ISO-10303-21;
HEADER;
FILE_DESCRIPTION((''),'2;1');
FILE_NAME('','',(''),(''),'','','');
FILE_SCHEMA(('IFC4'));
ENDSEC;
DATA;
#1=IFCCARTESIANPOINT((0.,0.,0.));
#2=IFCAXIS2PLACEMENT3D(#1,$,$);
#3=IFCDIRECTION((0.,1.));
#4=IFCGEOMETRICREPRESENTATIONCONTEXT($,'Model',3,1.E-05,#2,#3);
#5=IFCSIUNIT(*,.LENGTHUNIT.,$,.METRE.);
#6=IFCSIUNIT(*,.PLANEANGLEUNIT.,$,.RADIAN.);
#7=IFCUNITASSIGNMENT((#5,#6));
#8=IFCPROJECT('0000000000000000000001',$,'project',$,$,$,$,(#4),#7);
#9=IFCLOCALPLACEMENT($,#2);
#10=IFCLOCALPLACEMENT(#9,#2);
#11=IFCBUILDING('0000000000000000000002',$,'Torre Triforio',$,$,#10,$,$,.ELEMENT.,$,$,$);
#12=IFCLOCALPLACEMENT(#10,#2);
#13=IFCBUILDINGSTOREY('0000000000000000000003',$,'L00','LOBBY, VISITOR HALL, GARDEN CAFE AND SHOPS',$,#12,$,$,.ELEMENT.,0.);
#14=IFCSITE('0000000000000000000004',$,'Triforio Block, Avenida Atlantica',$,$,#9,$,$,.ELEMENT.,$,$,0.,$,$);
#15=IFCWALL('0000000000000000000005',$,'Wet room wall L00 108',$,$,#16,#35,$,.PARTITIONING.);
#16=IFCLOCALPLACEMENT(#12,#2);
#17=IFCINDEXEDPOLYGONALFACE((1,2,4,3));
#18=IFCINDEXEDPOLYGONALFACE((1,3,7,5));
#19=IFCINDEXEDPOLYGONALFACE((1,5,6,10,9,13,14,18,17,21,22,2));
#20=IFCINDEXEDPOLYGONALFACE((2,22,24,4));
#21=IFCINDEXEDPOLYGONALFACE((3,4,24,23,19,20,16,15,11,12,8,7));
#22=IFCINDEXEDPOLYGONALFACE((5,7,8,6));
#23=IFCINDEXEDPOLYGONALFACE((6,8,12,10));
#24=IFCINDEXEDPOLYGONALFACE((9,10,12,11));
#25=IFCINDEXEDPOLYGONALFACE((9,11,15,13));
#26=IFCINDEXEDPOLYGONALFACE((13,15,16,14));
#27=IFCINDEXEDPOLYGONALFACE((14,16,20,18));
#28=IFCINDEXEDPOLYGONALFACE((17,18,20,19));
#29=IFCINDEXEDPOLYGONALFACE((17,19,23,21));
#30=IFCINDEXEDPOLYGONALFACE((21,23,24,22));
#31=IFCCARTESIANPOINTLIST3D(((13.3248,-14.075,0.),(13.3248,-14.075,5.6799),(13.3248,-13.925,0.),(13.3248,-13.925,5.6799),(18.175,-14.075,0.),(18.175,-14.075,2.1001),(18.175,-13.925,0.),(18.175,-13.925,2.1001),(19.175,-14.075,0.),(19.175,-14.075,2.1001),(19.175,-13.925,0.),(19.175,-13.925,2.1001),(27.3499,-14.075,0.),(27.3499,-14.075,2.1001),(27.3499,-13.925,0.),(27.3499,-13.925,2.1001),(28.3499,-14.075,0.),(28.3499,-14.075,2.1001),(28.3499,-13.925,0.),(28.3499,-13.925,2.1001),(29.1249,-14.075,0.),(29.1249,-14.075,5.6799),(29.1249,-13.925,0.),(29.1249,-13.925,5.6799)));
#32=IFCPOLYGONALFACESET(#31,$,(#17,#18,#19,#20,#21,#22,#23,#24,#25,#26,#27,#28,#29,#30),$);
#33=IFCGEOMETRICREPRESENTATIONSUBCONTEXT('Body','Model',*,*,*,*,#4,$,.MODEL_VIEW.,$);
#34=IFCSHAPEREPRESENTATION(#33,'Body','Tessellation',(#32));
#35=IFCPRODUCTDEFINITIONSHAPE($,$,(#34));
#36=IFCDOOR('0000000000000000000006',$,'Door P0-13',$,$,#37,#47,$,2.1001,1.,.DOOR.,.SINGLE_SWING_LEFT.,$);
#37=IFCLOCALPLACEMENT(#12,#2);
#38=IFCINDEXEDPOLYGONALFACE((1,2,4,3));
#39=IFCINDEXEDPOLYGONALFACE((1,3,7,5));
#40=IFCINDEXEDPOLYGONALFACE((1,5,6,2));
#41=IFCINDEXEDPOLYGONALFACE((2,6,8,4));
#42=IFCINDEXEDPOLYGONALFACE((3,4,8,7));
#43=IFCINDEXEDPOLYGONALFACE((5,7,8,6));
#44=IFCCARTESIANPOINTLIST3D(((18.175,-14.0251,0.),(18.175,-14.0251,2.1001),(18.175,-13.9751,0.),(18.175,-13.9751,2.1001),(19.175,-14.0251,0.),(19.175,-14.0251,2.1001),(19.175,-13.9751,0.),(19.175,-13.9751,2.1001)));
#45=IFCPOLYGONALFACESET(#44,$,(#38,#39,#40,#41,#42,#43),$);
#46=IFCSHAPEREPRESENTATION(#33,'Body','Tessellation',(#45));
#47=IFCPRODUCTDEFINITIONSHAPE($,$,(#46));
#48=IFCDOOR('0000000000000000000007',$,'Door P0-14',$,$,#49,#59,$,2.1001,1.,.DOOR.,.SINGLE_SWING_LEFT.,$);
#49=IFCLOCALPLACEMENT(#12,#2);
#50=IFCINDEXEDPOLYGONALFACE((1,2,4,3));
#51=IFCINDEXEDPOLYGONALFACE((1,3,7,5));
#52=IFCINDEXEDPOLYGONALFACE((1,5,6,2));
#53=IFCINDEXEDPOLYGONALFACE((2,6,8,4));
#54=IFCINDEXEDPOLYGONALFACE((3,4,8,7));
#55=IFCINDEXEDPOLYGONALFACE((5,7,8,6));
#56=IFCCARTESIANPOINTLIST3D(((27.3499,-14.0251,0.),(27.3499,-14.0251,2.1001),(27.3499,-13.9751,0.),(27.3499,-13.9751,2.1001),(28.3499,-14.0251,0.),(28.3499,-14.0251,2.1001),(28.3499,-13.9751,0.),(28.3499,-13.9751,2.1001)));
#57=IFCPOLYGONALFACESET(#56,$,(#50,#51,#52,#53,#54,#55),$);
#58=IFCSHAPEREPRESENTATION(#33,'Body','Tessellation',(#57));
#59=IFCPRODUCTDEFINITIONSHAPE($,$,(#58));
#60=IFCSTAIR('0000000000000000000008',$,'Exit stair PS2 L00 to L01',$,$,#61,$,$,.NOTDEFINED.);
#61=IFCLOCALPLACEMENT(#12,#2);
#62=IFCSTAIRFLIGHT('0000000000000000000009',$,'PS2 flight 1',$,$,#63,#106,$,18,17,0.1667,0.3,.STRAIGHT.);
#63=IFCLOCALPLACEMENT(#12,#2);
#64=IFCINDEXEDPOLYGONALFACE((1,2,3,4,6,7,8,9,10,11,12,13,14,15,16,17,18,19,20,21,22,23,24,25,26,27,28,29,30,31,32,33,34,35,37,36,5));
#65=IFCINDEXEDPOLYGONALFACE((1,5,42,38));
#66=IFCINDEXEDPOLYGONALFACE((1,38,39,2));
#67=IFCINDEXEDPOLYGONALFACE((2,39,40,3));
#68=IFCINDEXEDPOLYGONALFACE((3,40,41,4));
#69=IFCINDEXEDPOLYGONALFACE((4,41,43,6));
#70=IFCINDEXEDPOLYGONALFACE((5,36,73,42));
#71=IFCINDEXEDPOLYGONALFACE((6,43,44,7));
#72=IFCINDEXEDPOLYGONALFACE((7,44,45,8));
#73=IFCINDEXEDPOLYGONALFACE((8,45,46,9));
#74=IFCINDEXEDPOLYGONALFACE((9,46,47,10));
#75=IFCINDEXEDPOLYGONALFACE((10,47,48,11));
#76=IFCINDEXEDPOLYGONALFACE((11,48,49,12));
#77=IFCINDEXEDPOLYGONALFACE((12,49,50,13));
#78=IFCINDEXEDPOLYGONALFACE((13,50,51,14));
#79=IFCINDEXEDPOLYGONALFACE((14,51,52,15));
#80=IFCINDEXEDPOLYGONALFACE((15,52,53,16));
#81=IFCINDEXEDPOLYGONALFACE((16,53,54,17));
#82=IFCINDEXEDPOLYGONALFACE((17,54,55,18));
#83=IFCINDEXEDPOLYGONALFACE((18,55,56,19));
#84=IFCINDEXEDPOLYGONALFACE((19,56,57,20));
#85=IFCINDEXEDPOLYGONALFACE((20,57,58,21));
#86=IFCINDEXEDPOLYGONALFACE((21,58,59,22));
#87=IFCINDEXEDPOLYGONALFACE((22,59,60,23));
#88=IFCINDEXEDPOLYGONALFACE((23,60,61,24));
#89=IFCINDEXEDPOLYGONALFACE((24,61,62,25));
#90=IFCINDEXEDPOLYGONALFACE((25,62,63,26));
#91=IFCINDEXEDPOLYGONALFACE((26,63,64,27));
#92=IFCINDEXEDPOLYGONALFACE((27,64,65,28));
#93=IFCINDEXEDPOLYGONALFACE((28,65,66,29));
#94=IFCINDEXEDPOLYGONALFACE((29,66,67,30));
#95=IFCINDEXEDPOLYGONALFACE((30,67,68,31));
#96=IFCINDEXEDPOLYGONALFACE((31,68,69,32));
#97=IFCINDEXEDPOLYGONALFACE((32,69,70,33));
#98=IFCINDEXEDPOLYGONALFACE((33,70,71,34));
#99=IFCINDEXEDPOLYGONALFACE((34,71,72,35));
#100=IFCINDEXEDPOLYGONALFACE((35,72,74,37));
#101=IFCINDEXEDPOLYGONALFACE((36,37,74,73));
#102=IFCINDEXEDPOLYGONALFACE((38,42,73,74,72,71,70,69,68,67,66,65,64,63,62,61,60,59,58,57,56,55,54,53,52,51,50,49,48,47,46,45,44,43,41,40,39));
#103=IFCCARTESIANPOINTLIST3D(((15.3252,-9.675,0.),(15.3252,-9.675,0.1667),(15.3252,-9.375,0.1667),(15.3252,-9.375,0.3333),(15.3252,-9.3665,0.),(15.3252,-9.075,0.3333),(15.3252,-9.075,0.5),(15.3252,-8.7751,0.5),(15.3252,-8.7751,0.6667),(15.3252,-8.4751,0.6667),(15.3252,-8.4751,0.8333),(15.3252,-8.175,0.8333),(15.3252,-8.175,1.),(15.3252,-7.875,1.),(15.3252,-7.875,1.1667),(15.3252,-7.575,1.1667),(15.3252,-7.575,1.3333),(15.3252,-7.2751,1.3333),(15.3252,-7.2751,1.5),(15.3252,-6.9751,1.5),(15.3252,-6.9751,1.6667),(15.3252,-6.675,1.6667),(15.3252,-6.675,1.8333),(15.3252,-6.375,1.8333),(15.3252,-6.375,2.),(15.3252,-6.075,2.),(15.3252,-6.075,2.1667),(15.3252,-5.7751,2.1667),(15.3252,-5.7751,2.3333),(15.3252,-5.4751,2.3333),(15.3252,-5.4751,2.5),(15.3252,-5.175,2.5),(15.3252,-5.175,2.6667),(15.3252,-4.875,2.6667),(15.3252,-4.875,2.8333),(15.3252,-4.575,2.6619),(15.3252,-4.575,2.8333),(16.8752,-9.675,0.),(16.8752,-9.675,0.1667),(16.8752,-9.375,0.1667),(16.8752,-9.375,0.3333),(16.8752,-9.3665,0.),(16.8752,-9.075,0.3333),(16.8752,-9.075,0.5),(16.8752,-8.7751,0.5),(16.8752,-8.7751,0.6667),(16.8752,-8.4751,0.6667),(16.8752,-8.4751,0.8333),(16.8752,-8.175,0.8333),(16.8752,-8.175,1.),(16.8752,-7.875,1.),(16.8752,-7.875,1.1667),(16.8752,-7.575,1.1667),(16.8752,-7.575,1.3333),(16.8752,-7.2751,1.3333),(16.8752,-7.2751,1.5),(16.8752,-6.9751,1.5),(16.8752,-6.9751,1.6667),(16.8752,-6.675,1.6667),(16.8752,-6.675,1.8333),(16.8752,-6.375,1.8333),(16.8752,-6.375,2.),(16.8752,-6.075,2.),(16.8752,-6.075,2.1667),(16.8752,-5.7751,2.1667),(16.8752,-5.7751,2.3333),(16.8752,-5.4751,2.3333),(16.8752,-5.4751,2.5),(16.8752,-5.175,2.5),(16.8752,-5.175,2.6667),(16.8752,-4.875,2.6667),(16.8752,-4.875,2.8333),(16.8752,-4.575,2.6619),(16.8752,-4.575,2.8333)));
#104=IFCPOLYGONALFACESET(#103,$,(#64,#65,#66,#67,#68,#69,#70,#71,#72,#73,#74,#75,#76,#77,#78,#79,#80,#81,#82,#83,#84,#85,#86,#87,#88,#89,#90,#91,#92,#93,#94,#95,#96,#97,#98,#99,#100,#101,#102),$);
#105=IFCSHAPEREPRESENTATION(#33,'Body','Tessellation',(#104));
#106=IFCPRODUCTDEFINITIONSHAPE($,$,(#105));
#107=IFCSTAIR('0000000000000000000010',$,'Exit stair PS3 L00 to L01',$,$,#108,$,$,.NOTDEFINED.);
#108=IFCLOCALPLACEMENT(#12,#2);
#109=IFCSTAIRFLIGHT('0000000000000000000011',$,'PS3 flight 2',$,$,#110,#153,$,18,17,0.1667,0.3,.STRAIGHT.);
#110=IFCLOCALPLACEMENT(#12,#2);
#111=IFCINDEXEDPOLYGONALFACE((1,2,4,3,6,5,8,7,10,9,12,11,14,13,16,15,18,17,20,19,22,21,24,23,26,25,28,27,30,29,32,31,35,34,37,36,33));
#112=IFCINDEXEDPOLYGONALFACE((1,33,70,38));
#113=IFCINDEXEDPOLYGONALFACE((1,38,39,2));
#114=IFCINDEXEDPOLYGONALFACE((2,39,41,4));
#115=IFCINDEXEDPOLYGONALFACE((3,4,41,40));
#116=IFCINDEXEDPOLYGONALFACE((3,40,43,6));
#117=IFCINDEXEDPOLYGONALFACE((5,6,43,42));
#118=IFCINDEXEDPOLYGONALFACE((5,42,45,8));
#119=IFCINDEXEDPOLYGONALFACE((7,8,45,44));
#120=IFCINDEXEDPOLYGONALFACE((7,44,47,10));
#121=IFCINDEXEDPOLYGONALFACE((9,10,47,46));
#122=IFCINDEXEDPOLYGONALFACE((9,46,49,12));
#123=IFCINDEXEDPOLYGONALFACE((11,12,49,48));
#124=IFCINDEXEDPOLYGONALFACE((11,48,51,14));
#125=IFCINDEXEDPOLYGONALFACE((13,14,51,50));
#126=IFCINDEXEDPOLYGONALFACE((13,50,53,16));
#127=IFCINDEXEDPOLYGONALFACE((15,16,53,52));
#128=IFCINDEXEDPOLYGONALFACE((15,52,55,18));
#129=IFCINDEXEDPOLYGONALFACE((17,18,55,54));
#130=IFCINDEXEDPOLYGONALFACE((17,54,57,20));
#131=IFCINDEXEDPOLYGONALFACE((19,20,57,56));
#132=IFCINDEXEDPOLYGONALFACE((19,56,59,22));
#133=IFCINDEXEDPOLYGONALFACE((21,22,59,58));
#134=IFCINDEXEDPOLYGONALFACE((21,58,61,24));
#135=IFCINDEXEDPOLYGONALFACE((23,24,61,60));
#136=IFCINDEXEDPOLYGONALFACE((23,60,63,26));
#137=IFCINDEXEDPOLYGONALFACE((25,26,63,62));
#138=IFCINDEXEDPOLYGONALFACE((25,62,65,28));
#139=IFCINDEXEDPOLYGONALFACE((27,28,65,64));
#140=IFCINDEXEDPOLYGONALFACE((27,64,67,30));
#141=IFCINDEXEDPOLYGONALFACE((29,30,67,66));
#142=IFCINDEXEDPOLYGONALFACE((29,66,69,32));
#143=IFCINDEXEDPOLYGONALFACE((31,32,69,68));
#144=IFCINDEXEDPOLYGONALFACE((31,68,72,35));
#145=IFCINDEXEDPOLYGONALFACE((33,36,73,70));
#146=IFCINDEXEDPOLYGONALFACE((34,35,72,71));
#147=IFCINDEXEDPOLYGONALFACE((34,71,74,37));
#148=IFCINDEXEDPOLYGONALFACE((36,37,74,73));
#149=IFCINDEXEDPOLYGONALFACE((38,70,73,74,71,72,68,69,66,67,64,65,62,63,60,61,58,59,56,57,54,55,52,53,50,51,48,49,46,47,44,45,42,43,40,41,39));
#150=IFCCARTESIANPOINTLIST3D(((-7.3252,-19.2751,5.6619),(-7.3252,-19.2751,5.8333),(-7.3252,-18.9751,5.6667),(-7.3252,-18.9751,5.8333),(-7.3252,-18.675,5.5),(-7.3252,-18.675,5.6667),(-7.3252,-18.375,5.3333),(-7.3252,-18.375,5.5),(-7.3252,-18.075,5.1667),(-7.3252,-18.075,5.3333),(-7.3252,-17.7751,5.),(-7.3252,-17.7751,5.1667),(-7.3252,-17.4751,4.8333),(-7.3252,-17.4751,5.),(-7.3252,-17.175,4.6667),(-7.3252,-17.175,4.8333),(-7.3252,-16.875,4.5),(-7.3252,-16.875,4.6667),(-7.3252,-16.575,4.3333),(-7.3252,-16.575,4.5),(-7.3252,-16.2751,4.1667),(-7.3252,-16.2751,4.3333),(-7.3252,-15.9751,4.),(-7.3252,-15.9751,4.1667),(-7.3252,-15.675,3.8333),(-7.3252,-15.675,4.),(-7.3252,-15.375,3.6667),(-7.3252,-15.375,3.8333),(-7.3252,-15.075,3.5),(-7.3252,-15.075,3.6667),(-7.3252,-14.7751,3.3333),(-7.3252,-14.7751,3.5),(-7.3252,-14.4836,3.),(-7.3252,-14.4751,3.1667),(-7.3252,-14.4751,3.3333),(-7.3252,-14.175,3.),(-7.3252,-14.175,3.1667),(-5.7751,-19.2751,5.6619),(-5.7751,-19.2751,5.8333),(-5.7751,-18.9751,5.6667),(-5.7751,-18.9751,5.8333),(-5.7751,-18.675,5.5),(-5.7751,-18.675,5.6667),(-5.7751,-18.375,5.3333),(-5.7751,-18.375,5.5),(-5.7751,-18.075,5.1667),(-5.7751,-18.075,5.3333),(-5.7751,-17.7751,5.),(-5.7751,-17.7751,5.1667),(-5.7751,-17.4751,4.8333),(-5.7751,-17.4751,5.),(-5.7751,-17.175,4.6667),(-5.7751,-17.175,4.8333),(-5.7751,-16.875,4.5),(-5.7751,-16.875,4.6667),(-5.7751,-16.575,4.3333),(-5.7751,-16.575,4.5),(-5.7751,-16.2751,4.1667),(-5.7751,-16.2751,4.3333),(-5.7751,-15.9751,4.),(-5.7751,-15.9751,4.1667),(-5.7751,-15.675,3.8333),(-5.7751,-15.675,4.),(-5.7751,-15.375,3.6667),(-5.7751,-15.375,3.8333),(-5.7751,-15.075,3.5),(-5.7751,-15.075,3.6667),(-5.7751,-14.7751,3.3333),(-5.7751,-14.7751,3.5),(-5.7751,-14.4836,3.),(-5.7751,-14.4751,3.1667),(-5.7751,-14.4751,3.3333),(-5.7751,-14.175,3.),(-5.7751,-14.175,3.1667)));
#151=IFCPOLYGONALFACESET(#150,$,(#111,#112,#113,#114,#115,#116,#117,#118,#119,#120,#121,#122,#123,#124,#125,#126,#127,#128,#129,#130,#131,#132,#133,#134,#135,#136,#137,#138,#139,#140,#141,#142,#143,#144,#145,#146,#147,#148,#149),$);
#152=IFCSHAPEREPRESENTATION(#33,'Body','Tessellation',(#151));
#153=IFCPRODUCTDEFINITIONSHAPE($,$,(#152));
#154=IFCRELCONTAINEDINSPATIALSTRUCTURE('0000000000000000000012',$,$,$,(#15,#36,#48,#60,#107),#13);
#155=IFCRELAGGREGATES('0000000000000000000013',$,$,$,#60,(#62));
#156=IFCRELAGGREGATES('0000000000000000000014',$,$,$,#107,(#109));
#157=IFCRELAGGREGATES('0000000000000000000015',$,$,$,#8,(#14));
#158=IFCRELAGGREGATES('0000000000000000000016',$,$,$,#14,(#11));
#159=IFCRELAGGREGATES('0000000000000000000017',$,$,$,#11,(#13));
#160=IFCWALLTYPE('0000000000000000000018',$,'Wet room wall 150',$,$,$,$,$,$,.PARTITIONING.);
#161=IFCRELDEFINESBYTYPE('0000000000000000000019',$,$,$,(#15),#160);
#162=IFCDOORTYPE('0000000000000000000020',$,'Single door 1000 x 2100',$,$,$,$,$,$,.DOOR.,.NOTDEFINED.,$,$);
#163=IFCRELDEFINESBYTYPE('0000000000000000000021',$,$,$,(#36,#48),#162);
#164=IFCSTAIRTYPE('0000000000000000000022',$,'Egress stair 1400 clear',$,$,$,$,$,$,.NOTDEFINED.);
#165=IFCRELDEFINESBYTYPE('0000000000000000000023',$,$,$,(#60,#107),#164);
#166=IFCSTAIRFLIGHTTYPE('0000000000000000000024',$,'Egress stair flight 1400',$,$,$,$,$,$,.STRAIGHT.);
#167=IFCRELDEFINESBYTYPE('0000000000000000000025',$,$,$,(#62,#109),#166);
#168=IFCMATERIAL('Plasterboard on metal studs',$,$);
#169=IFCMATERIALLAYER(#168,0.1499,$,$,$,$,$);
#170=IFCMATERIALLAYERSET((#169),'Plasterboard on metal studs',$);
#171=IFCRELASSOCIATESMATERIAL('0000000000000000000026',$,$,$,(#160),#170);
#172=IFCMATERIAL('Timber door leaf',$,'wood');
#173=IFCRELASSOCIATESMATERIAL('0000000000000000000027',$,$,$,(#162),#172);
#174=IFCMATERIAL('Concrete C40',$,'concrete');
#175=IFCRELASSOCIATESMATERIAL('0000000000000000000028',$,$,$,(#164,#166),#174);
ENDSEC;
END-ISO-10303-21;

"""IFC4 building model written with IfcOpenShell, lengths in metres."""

from ifc_helpers import new_model, si_unit, direction, frame, frame_2d, origin, place, context, subcontext, project, spatial, polyline, rectangle, outline, extrude, material, layer, layer_set, type_object, element, fill, aggregate, save


model = new_model("IFC4")

# Units and contexts
model_context = context("Model", 3, precision=1e-05, world=origin(), true_north=direction((0.0, 1.0)))
body_context = subcontext(model_context, "Body", "Model", "MODEL_VIEW")
ifc_project = project(units=[si_unit("LENGTHUNIT", "METRE"), si_unit("PLANEANGLEUNIT", "RADIAN")], contexts=[model_context])

# Site, building, storey
site_placement = place(None, origin())
site = spatial("IfcSite", under=ifc_project, at=site_placement, Name="Triforio Block, Avenida Atlantica", CompositionType="ELEMENT", RefElevation=0.0)
building_placement = place(site_placement, origin())
building = spatial("IfcBuilding", under=site, at=building_placement, Name="Torre Triforio", CompositionType="ELEMENT")
storey_placement = place(building_placement, origin())
storey = spatial("IfcBuildingStorey", under=building, at=storey_placement, Name="L00", Description="LOBBY, VISITOR HALL, GARDEN CAFE AND SHOPS", CompositionType="ELEMENT", Elevation=0.0)

# Shared definitions
ifc_material_1 = material(Name="Plasterboard on metal studs")

# Shared definitions
ifc_material_2 = material(Name="Timber door leaf", Category="wood")

# Shared definitions
ifc_material_3 = material(Name="Concrete C40", Category="concrete")

# Wall, openings, doors
ifc_layer_1 = layer(ifc_material_1, 0.1499)
ifc_layer_set_1 = layer_set([ifc_layer_1], Name="Plasterboard on metal studs")
wall_type_1 = type_object("IfcWallType", Name="Wet room wall 150", PredefinedType="PARTITIONING", material=ifc_layer_set_1)
wall_1_placement = place(storey_placement, frame((13.325, -14.0, 0.0), z_axis=(0.0, 0.0, 1.0), x_axis=(1.0, 0.0, 0.0)))
wall_1 = element("IfcWall", 1, at=wall_1_placement, inside=storey, type_object=wall_type_1, Name="Wet room wall L00 108", PredefinedType="PARTITIONING", context=body_context, shape_type="SweptSolid", body=[
    extrude(rectangle(XDim=15.8, YDim=0.1499, at=frame_2d((7.8999, 0.0))), origin(), (0.0, 0.0, 1.0), 5.6799),
])
opening_1_placement = place(wall_1_placement, frame((4.8501, 0.0, 0.0)))
opening_1 = element("IfcOpeningElement", 2, at=opening_1_placement, cuts=wall_1, PredefinedType="OPENING", context=body_context, shape_type="SweptSolid", body=[
    extrude(rectangle(XDim=1.0, YDim=2.1001, at=frame_2d((0.5, 1.05))), frame((0.0, 0.085, 0.0), z_axis=(0.0, -1.0, 0.0), x_axis=(1.0, 0.0, 0.0)), (0.0, 0.0, 1.0), 0.1699),
])
opening_2_placement = place(wall_1_placement, frame((14.0249, 0.0, 0.0)))
opening_2 = element("IfcOpeningElement", 3, at=opening_2_placement, cuts=wall_1, PredefinedType="OPENING", context=body_context, shape_type="SweptSolid", body=[
    extrude(rectangle(XDim=1.0, YDim=2.1001, at=frame_2d((0.5, 1.05))), frame((0.0, 0.085, 0.0), z_axis=(0.0, -1.0, 0.0), x_axis=(1.0, 0.0, 0.0)), (0.0, 0.0, 1.0), 0.1699),
])
door_type_1 = type_object("IfcDoorType", Name="Single door 1000 x 2100", OperationType="NOTDEFINED", PredefinedType="DOOR", material=ifc_material_2)
door_1_placement = place(opening_1_placement, origin())
door_1 = element("IfcDoor", 4, at=door_1_placement, inside=storey, type_object=door_type_1, Name="Door P0-13", OperationType="SINGLE_SWING_LEFT", OverallHeight=2.1001, OverallWidth=1.0, PredefinedType="DOOR", context=body_context, shape_type="SweptSolid", body=[
    extrude(rectangle(XDim=1.0, YDim=2.1001, at=frame_2d((0.5, 1.05))), frame((0.0, 0.0249, 0.0), z_axis=(0.0, -1.0, 0.0), x_axis=(1.0, 0.0, 0.0)), (0.0, 0.0, 1.0), 0.05),
])
fill(opening_1, door_1)
door_2_placement = place(opening_2_placement, origin())
door_2 = element("IfcDoor", 5, at=door_2_placement, inside=storey, type_object=door_type_1, Name="Door P0-14", OperationType="SINGLE_SWING_LEFT", OverallHeight=2.1001, OverallWidth=1.0, PredefinedType="DOOR", context=body_context, shape_type="SweptSolid", body=[
    extrude(rectangle(XDim=1.0, YDim=2.1001, at=frame_2d((0.5, 1.05))), frame((0.0, 0.0249, 0.0), z_axis=(0.0, -1.0, 0.0), x_axis=(1.0, 0.0, 0.0)), (0.0, 0.0, 1.0), 0.05),
])
fill(opening_2, door_2)

# Stairs, stair flights
stair_type = type_object("IfcStairType", Name="Egress stair 1400 clear", PredefinedType="NOTDEFINED", material=ifc_material_3)
stair_1_placement = place(storey_placement, origin())
stair_1 = element("IfcStair", 6, at=stair_1_placement, inside=storey, type_object=stair_type, Name="Exit stair PS2 L00 to L01", PredefinedType="NOTDEFINED")
stair_flight_type = type_object("IfcStairFlightType", Name="Egress stair flight 1400", PredefinedType="STRAIGHT", material=ifc_material_3)
stair_flight_1_placement = place(storey_placement, frame((16.1001, -9.675, 0.0), z_axis=(0.0, 0.0, 1.0), x_axis=(0.0, 1.0, 0.0)))
stair_flight_1 = element("IfcStairFlight", 7, at=stair_flight_1_placement, type_object=stair_flight_type, Name="PS2 flight 1", NumberOfRisers=18, NumberOfTreads=17, PredefinedType="STRAIGHT", RiserHeight=0.1667, TreadLength=0.3, context=body_context, shape_type="SweptSolid", body=[
    extrude(outline(polyline([(0.0, 0.0), (0.0, 0.1667), (0.3, 0.1667), (0.3, 0.3333), (0.6001, 0.3333), (0.6001, 0.5), (0.8999, 0.5), (0.8999, 0.6667), (1.2, 0.6667), (1.2, 0.8333), (1.5, 0.8333), (1.5, 1.0), (1.8, 1.0), (1.8, 1.1667), (2.1001, 1.1667), (2.1001, 1.3333), (2.3999, 1.3333), (2.3999, 1.5), (2.7, 1.5), (2.7, 1.6667), (3.0, 1.6667), (3.0, 1.8333), (3.3, 1.8333), (3.3, 2.0), (3.6001, 2.0), (3.6001, 2.1667), (3.8999, 2.1667), (3.8999, 2.3333), (4.2, 2.3333), (4.2, 2.5), (4.5, 2.5), (4.5, 2.6667), (4.8, 2.6667), (4.8, 2.8333), (5.1001, 2.8333), (5.1001, 3.0), (5.1001, 2.6619), (0.3086, 0.0), (0.0, 0.0)])), frame((0.0, 0.7749, 0.0), z_axis=(0.0, -1.0, 0.0), x_axis=(1.0, 0.0, 0.0)), (0.0, 0.0, 1.0), 1.55),
])
stair_2_placement = place(storey_placement, origin())
stair_2 = element("IfcStair", 8, at=stair_2_placement, inside=storey, type_object=stair_type, Name="Exit stair PS3 L00 to L01", PredefinedType="NOTDEFINED")
stair_flight_2_placement = place(storey_placement, frame((-6.55, -14.175, 3.0), z_axis=(0.0, 0.0, 1.0), x_axis=(0.0, -1.0, 0.0)))
stair_flight_2 = element("IfcStairFlight", 9, at=stair_flight_2_placement, type_object=stair_flight_type, Name="PS3 flight 2", NumberOfRisers=18, NumberOfTreads=17, PredefinedType="STRAIGHT", RiserHeight=0.1667, TreadLength=0.3, context=body_context, shape_type="SweptSolid", body=[
    extrude(outline(polyline([(0.0, 0.0), (0.0, 0.1667), (0.3, 0.1667), (0.3, 0.3333), (0.6001, 0.3333), (0.6001, 0.5), (0.8999, 0.5), (0.8999, 0.6667), (1.2, 0.6667), (1.2, 0.8333), (1.5, 0.8333), (1.5, 1.0), (1.8, 1.0), (1.8, 1.1667), (2.1001, 1.1667), (2.1001, 1.3333), (2.3999, 1.3333), (2.3999, 1.5), (2.7, 1.5), (2.7, 1.6667), (3.0, 1.6667), (3.0, 1.8333), (3.3, 1.8333), (3.3, 2.0), (3.6001, 2.0), (3.6001, 2.1667), (3.8999, 2.1667), (3.8999, 2.3333), (4.2, 2.3333), (4.2, 2.5), (4.5, 2.5), (4.5, 2.6667), (4.8, 2.6667), (4.8, 2.8333), (5.1001, 2.8333), (5.1001, 3.0), (5.1001, 2.6619), (0.3086, 0.0), (0.0, 0.0)])), frame((0.0, 0.7749, 0.0), z_axis=(0.0, -1.0, 0.0), x_axis=(1.0, 0.0, 0.0)), (0.0, 0.0, 1.0), 1.55),
])

aggregate(stair_1, [stair_flight_1])
aggregate(stair_2, [stair_flight_2])

save(model, "model.ifc")
